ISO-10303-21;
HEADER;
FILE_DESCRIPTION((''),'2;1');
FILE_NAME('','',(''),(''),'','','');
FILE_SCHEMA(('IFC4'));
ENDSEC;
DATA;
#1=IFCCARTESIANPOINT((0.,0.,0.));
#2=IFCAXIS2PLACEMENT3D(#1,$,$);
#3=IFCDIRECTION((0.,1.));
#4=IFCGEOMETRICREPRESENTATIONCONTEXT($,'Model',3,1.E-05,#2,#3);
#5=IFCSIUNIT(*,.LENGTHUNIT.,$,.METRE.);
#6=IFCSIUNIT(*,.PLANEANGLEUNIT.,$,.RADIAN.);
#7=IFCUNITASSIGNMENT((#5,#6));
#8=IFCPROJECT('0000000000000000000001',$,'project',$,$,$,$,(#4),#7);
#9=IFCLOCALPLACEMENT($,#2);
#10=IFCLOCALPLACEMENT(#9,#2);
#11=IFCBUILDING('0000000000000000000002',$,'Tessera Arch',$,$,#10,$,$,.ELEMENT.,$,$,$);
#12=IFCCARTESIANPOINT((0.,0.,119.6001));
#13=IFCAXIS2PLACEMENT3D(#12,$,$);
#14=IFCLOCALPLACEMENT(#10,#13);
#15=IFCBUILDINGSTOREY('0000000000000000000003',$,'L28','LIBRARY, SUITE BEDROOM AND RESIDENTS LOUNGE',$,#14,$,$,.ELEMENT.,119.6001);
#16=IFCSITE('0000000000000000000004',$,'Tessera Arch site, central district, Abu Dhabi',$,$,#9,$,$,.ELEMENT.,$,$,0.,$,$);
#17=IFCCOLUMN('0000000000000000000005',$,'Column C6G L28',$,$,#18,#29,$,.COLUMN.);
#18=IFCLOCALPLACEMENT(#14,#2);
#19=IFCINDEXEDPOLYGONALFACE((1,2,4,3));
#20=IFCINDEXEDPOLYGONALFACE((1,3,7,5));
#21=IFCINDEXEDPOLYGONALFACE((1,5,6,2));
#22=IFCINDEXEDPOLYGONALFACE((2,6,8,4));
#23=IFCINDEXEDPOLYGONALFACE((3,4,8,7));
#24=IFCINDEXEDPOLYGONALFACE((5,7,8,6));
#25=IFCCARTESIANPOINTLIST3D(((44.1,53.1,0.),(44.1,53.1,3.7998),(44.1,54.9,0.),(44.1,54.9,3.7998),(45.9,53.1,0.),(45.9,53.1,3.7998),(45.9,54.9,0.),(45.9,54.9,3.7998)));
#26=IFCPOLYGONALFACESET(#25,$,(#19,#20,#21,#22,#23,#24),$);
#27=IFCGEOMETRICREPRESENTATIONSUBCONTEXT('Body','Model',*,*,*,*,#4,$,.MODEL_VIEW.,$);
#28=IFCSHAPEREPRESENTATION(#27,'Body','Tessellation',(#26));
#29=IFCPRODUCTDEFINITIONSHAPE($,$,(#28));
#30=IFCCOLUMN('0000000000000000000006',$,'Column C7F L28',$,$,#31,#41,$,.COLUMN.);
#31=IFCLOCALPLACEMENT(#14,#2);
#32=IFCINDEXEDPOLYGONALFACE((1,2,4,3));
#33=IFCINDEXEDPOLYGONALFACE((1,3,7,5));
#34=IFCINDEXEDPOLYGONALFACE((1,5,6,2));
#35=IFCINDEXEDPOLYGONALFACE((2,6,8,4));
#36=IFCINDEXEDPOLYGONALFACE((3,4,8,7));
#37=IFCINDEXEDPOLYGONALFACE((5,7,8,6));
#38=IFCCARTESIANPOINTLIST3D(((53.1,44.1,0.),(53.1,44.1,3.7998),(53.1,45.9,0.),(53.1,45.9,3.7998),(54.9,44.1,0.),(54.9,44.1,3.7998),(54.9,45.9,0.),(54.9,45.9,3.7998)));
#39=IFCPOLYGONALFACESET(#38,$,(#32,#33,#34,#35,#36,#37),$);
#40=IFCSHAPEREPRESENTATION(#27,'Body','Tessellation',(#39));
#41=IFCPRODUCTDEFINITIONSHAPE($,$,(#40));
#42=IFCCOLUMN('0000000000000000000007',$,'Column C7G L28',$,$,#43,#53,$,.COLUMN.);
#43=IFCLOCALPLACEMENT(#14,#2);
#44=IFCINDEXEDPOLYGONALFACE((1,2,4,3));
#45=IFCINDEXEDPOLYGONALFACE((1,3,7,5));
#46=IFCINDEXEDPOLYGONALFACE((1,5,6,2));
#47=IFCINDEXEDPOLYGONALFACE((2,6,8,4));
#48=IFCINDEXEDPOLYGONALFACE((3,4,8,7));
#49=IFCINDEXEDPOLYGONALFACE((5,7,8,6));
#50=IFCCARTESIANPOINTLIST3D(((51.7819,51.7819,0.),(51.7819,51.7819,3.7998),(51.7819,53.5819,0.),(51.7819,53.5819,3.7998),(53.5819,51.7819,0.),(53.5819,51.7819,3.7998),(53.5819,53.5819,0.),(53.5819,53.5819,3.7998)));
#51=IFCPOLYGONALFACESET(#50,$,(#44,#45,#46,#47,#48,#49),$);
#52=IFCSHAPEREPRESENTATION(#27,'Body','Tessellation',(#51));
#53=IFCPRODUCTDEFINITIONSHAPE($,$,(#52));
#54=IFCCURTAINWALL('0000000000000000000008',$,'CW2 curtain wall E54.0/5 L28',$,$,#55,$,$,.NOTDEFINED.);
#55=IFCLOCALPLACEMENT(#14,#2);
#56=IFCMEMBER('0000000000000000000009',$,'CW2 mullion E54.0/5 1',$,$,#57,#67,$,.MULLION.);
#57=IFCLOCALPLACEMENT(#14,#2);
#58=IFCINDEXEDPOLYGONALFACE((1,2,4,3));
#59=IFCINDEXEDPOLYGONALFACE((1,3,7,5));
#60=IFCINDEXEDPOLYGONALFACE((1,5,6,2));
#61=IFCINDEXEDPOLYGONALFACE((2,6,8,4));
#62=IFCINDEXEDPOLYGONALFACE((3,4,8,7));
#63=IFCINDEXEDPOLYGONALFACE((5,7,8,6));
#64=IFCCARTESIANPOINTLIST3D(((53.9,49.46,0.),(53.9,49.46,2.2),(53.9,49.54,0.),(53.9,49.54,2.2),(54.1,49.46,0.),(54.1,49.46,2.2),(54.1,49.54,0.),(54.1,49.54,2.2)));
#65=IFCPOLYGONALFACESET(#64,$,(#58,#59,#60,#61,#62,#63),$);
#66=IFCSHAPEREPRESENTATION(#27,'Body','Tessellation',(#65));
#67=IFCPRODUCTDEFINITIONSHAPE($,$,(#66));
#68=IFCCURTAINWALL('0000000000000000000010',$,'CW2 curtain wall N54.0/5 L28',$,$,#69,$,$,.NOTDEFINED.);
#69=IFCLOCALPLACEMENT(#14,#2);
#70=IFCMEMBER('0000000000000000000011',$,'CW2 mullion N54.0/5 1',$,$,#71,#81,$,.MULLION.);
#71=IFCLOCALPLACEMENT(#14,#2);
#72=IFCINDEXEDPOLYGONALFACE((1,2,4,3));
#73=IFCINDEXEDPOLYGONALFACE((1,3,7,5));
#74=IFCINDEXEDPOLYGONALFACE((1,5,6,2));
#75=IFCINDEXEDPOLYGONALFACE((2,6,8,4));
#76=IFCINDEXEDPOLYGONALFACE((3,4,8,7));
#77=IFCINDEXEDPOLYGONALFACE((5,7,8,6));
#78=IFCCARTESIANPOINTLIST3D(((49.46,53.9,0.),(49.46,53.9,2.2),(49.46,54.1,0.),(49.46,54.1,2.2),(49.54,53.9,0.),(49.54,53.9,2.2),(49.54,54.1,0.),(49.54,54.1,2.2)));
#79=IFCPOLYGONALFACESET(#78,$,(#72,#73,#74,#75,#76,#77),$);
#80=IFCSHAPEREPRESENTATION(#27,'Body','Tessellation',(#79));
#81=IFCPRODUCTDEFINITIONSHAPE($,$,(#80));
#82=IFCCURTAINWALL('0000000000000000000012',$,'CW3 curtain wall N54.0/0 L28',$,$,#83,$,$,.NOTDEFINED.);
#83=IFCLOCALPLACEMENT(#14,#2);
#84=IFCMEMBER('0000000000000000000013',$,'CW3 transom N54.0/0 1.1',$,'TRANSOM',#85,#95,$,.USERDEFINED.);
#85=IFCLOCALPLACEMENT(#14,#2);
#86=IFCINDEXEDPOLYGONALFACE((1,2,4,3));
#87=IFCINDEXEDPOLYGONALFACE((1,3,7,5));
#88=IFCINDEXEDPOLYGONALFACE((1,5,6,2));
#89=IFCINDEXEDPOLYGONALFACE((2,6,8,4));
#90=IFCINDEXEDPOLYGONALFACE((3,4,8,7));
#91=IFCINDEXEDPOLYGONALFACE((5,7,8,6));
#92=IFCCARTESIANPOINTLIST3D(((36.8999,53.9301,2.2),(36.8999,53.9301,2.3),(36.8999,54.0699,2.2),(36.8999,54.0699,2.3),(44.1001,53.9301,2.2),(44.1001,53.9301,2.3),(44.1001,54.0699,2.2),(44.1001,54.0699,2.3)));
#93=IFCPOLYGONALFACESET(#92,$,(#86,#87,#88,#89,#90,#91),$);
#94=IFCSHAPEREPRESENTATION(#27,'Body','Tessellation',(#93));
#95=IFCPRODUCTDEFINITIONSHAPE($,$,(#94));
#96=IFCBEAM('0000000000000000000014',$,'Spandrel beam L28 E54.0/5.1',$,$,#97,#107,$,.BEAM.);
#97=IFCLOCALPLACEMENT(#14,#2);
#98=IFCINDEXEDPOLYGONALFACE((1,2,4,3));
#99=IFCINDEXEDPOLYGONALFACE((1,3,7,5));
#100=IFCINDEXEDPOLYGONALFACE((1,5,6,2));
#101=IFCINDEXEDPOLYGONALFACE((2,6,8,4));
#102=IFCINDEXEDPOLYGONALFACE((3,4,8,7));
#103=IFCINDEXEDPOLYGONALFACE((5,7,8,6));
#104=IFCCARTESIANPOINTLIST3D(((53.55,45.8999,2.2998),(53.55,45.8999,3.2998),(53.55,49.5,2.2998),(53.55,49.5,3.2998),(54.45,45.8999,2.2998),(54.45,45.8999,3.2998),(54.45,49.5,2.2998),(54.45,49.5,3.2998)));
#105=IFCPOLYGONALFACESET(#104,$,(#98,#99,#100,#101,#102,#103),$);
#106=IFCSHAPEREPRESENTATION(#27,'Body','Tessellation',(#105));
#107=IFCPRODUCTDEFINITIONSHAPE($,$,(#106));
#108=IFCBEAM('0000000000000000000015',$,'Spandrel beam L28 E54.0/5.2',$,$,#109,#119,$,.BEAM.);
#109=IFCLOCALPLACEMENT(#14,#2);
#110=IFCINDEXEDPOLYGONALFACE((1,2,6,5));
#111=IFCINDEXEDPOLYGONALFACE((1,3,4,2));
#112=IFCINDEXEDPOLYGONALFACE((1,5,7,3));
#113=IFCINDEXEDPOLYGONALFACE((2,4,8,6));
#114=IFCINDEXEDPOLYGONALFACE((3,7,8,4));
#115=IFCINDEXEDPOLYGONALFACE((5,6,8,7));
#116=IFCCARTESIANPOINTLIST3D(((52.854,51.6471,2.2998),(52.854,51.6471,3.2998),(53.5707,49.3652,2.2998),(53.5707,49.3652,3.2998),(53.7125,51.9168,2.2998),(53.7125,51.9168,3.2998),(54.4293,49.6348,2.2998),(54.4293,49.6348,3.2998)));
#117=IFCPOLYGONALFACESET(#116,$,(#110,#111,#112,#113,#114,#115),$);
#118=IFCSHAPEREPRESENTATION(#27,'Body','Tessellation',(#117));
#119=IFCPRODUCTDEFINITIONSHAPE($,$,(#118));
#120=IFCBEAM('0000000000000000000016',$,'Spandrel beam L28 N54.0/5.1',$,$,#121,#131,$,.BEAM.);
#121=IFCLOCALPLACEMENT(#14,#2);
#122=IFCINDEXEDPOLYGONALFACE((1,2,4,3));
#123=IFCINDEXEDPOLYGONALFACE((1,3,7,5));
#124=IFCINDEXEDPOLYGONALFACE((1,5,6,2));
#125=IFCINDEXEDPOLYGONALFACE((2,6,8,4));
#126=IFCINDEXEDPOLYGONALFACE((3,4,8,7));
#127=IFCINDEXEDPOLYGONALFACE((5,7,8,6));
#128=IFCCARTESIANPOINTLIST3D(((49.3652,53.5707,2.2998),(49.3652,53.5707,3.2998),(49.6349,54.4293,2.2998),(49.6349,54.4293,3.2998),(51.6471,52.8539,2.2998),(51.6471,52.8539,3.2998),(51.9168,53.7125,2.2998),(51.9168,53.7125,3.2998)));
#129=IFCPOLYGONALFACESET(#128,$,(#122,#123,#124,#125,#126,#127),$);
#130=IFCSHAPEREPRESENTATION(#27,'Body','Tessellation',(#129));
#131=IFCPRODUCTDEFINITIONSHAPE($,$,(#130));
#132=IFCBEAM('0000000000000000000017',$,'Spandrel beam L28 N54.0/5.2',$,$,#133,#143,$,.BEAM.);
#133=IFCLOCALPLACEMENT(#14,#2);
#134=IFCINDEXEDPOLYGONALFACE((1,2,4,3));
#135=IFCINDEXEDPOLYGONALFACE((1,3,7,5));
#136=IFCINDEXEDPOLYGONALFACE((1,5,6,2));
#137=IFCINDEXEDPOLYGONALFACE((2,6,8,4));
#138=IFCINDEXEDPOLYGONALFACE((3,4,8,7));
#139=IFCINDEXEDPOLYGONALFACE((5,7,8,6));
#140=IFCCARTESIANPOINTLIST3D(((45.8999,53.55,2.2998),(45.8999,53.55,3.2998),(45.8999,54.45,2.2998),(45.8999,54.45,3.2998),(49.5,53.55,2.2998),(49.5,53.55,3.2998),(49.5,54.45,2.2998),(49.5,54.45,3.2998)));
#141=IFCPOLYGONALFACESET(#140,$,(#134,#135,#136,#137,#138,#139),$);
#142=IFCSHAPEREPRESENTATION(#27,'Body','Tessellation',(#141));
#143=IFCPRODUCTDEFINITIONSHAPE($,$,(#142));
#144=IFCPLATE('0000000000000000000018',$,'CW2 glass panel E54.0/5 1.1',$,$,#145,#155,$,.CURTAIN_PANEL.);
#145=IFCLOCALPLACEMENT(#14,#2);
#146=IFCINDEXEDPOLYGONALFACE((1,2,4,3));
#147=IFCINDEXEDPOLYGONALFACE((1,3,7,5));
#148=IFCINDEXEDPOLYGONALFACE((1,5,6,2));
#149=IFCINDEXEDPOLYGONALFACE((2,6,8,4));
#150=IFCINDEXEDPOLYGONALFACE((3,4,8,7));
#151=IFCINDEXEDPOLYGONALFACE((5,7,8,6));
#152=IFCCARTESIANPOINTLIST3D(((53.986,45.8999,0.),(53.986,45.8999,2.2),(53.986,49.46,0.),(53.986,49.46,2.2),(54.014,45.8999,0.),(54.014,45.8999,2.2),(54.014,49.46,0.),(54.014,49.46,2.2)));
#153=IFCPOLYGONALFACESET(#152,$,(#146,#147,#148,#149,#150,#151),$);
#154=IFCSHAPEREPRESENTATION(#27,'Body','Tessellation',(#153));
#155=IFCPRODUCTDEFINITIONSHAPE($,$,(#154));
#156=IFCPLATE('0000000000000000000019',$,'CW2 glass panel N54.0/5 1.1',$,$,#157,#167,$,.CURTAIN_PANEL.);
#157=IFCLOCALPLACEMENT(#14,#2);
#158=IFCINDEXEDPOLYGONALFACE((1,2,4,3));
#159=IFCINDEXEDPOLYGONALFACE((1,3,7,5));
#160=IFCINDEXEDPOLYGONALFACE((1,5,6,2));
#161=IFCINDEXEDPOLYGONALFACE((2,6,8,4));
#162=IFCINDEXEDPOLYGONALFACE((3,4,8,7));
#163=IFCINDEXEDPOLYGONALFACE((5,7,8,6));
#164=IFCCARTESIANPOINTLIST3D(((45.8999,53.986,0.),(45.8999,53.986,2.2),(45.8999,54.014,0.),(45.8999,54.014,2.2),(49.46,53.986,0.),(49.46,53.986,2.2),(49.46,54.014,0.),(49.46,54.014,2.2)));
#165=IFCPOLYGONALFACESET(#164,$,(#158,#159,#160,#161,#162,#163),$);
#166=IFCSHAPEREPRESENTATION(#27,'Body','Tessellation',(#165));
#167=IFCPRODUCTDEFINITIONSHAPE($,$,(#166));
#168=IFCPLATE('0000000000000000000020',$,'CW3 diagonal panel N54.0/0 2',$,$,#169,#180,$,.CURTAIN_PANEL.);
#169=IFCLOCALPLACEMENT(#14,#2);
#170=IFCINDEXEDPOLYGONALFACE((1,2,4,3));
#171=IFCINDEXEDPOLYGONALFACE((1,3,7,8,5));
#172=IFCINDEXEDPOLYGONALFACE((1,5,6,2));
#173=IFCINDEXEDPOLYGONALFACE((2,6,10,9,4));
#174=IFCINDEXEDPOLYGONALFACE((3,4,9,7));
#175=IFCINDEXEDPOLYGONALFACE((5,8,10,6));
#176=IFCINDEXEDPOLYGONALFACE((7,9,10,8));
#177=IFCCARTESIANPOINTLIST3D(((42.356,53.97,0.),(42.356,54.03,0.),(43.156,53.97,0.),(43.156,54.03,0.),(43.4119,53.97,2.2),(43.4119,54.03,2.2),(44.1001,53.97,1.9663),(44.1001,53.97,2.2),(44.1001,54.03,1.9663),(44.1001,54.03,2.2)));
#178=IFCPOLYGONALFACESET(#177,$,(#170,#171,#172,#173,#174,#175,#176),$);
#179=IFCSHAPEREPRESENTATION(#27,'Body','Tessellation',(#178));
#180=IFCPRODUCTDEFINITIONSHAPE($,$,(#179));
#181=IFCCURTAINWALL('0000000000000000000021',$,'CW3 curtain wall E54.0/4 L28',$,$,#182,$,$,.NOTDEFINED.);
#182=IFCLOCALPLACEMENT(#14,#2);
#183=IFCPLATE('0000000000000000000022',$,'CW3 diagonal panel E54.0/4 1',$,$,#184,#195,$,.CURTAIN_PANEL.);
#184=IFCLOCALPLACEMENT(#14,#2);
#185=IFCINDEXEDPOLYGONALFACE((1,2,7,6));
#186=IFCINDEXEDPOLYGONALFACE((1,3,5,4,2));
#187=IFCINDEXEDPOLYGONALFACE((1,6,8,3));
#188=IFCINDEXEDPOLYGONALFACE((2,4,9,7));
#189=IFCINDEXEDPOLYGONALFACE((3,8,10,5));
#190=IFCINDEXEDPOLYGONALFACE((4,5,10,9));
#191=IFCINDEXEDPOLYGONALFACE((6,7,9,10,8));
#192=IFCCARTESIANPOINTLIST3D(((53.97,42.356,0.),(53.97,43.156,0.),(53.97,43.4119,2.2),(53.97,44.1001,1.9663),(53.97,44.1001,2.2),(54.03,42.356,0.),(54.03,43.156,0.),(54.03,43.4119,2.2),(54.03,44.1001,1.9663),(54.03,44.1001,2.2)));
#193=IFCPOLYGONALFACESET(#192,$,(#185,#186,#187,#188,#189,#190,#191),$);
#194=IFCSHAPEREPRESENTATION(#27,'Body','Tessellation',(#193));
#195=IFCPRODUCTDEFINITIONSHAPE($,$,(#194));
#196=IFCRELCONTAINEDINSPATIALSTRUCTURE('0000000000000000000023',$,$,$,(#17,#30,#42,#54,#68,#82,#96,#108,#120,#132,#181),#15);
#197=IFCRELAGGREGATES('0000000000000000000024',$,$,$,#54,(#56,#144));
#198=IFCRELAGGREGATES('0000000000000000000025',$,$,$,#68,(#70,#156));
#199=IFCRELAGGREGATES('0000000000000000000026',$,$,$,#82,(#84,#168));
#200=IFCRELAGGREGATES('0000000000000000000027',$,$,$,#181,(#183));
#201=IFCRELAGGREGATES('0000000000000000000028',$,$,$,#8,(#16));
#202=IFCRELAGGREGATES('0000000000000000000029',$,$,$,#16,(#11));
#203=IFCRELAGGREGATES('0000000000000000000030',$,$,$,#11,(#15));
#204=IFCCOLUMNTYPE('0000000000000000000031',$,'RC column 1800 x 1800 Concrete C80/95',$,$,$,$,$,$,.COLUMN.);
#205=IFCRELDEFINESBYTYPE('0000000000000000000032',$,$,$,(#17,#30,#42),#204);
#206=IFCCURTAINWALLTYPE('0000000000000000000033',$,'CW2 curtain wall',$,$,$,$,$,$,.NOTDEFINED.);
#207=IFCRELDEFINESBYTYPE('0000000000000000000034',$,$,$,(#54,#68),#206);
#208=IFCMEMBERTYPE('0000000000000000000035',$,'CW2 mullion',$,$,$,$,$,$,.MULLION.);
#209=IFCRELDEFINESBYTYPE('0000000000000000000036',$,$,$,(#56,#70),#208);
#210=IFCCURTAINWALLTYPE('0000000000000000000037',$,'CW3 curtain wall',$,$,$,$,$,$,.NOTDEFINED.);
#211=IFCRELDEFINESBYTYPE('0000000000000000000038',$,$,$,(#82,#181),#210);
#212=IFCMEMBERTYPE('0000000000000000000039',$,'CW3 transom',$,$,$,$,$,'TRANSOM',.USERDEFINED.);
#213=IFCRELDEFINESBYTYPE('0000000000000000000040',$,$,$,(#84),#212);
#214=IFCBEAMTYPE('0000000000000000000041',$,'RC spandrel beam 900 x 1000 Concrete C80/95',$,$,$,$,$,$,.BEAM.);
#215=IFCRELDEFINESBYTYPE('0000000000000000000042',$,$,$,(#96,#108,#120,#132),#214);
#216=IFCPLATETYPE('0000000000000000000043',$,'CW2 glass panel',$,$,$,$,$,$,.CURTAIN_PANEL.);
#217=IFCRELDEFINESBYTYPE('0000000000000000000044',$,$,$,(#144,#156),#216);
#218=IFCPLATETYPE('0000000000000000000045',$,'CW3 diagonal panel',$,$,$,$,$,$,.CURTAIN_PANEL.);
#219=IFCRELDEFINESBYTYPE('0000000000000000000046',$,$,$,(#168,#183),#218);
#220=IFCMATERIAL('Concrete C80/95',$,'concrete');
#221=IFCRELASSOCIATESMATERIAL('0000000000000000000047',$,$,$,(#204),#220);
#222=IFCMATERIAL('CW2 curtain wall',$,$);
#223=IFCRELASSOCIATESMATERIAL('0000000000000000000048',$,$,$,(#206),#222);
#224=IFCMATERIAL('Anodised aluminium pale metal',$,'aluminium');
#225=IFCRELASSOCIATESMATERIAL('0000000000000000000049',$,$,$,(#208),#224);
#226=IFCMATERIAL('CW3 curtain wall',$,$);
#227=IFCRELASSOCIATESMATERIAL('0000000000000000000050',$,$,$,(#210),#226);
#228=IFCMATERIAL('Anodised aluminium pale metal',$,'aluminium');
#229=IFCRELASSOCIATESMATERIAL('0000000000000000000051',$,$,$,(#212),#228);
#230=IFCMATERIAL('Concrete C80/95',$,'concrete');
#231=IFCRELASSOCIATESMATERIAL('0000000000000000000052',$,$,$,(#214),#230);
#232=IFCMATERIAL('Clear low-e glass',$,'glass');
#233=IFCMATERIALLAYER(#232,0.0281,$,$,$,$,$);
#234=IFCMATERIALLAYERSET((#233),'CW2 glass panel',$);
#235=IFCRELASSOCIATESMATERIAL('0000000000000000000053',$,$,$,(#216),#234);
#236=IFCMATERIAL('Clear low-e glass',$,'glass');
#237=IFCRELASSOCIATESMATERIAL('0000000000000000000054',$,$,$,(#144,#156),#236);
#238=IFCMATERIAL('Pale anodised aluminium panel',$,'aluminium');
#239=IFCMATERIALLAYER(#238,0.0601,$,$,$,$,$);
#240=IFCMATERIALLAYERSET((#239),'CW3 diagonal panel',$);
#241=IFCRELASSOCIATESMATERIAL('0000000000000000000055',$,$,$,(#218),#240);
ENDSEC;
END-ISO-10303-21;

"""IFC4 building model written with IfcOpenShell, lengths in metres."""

from ifc_helpers import new_model, si_unit, direction, frame, origin, origin_2d, place, context, subcontext, project, spatial, polyline, rectangle, outline, extrude, material, layer, layer_set, material_profile, profile_set, type_object, element, aggregate, save


model = new_model("IFC4")

# Units and contexts
model_context = context("Model", 3, precision=1e-05, world=origin(), true_north=direction((0.0, 1.0)))
body_context = subcontext(model_context, "Body", "Model", "MODEL_VIEW")
ifc_project = project(units=[si_unit("LENGTHUNIT", "METRE"), si_unit("PLANEANGLEUNIT", "RADIAN")], contexts=[model_context])

# Site, building, storey
site_placement = place(None, origin())
site = spatial("IfcSite", under=ifc_project, at=site_placement, Name="Tessera Arch site, central district, Abu Dhabi", CompositionType="ELEMENT", RefElevation=0.0)
building_placement = place(site_placement, origin())
building = spatial("IfcBuilding", under=site, at=building_placement, Name="Tessera Arch", CompositionType="ELEMENT")
storey_placement = place(building_placement, frame((0.0, 0.0, 119.6001)))
storey = spatial("IfcBuildingStorey", under=building, at=storey_placement, Name="L28", Description="LIBRARY, SUITE BEDROOM AND RESIDENTS LOUNGE", CompositionType="ELEMENT", Elevation=119.6001)

# Columns
ifc_material_1 = material(Name="Concrete C80/95", Category="concrete")
ifc_material_profile_1 = material_profile(ifc_material_1, rectangle(XDim=1.8, YDim=1.8, at=origin_2d()), Name="RC column 1800 x 1800 Concrete C80/95")
ifc_profile_set_1 = profile_set([ifc_material_profile_1], Name="Concrete C80/95")
column_type = type_object("IfcColumnType", Name="RC column 1800 x 1800 Concrete C80/95", PredefinedType="COLUMN", material=ifc_profile_set_1)
for number, where, z_axis, x_axis, name in (
    (1, (45.0, 54.0, 0.0), (0.0, 0.0, 1.0), (1.0, 0.0, 0.0), "Column C6G L28"),
    (2, (54.0, 45.0, 0.0), (0.0, 0.0, 1.0), (1.0, 0.0, 0.0), "Column C7F L28"),
    (3, (52.6819, 52.6819, 0.0), (0.0, 0.0, 1.0), (1.0, 0.0, 0.0), "Column C7G L28"),
):
    element("IfcColumn", number, at=place(storey_placement, frame(where, z_axis=z_axis, x_axis=x_axis)), inside=storey, type_object=column_type, Name=name, PredefinedType="COLUMN", context=body_context, shape_type="SweptSolid", body=[
        extrude(rectangle(XDim=1.8, YDim=1.8, at=origin_2d()), origin(), (0.0, 0.0, 1.0), 3.7998),
    ])

# Curtain walls, members
ifc_material_2 = material(Name="CW2 curtain wall")
curtain_wall_type_1 = type_object("IfcCurtainWallType", Name="CW2 curtain wall", PredefinedType="NOTDEFINED", material=ifc_material_2)
curtain_wall_1_placement = place(storey_placement, origin())
curtain_wall_1 = element("IfcCurtainWall", 4, at=curtain_wall_1_placement, inside=storey, type_object=curtain_wall_type_1, Name="CW2 curtain wall E54.0/5 L28", PredefinedType="NOTDEFINED")
ifc_material_3 = material(Name="Anodised aluminium pale metal", Category="aluminium")
ifc_material_profile_2 = material_profile(ifc_material_3, rectangle(XDim=0.2, YDim=0.0801, at=origin_2d()), Name="AL 80x200")
ifc_profile_set_2 = profile_set([ifc_material_profile_2], Name="Anodised aluminium pale metal")
member_type_1 = type_object("IfcMemberType", Name="CW2 mullion", PredefinedType="MULLION", material=ifc_profile_set_2)
member_1_placement = place(storey_placement, frame((54.0, 49.5, 0.0), z_axis=(0.0, 0.0, 1.0), x_axis=(-1.0, 0.0, 0.0)))
member_1 = element("IfcMember", 5, at=member_1_placement, type_object=member_type_1, Name="CW2 mullion E54.0/5 1", PredefinedType="MULLION", context=body_context, shape_type="SweptSolid", body=[
    extrude(rectangle(XDim=0.2, YDim=0.0801, at=origin_2d()), origin(), (0.0, 0.0, 1.0), 2.2),
])
curtain_wall_2_placement = place(storey_placement, origin())
curtain_wall_2 = element("IfcCurtainWall", 6, at=curtain_wall_2_placement, inside=storey, type_object=curtain_wall_type_1, Name="CW2 curtain wall N54.0/5 L28", PredefinedType="NOTDEFINED")
member_2_placement = place(storey_placement, frame((49.5, 54.0, 0.0), z_axis=(0.0, 0.0, 1.0), x_axis=(0.0, -1.0, 0.0)))
member_2 = element("IfcMember", 7, at=member_2_placement, type_object=member_type_1, Name="CW2 mullion N54.0/5 1", PredefinedType="MULLION", context=body_context, shape_type="SweptSolid", body=[
    extrude(rectangle(XDim=0.2, YDim=0.0801, at=origin_2d()), origin(), (0.0, 0.0, 1.0), 2.2),
])
ifc_material_4 = material(Name="CW3 curtain wall")
curtain_wall_type_2 = type_object("IfcCurtainWallType", Name="CW3 curtain wall", PredefinedType="NOTDEFINED", material=ifc_material_4)
curtain_wall_3_placement = place(storey_placement, origin())
curtain_wall_3 = element("IfcCurtainWall", 8, at=curtain_wall_3_placement, inside=storey, type_object=curtain_wall_type_2, Name="CW3 curtain wall N54.0/0 L28", PredefinedType="NOTDEFINED")
ifc_material_5 = material(Name="Anodised aluminium pale metal", Category="aluminium")
ifc_material_profile_3 = material_profile(ifc_material_5, rectangle(XDim=0.1399, YDim=0.1001, at=origin_2d()), Name="AL 140x100")
ifc_profile_set_3 = profile_set([ifc_material_profile_3], Name="Anodised aluminium pale metal")
member_type_2 = type_object("IfcMemberType", Name="CW3 transom", ElementType="TRANSOM", PredefinedType="USERDEFINED", material=ifc_profile_set_3)
member_3_placement = place(storey_placement, frame((44.1001, 54.0, 2.25), z_axis=(-1.0, 0.0, 0.0), x_axis=(0.0, -1.0, 0.0)))
member_3 = element("IfcMember", 9, at=member_3_placement, type_object=member_type_2, Name="CW3 transom N54.0/0 1.1", ObjectType="TRANSOM", PredefinedType="USERDEFINED", context=body_context, shape_type="SweptSolid", body=[
    extrude(rectangle(XDim=0.1399, YDim=0.1001, at=origin_2d()), origin(), (0.0, 0.0, 1.0), 7.2002),
])

# Beams
ifc_material_6 = material(Name="Concrete C80/95", Category="concrete")
ifc_material_profile_4 = material_profile(ifc_material_6, rectangle(XDim=0.8999, YDim=1.0, at=origin_2d()), Name="RC spandrel beam 900 x 1000 Concrete C80/95")
ifc_profile_set_4 = profile_set([ifc_material_profile_4], Name="Concrete C80/95")
beam_type = type_object("IfcBeamType", Name="RC spandrel beam 900 x 1000 Concrete C80/95", PredefinedType="BEAM", material=ifc_profile_set_4)
beam_1_placement = place(storey_placement, frame((54.0, 45.8999, 2.7998), z_axis=(0.0, 1.0, 0.0), x_axis=(-1.0, 0.0, 0.0)))
element("IfcBeam", 10, at=beam_1_placement, inside=storey, type_object=beam_type, Name="Spandrel beam L28 E54.0/5.1", PredefinedType="BEAM", context=body_context, shape_type="SweptSolid", body=[
    extrude(rectangle(XDim=0.8999, YDim=1.0, at=origin_2d()), origin(), (0.0, 0.0, 1.0), 3.6001),
])
for number, where, z_axis, x_axis, name in (
    (11, (54.0, 49.5, 2.7998), (-0.299675, 0.954041, 0.0), (-0.954041, -0.299675, 0.0), "Spandrel beam L28 E54.0/5.2"),
    (12, (51.782, 53.2832, 2.7998), (-0.954041, 0.299675, 0.0), (-0.299675, -0.954041, 0.0), "Spandrel beam L28 N54.0/5.1"),
):
    element("IfcBeam", number, at=place(storey_placement, frame(where, z_axis=z_axis, x_axis=x_axis)), inside=storey, type_object=beam_type, Name=name, PredefinedType="BEAM", context=body_context, shape_type="SweptSolid", body=[
        extrude(rectangle(XDim=0.8999, YDim=1.0, at=origin_2d()), origin(), (0.0, 0.0, 1.0), 2.3918),
    ])
beam_2_placement = place(storey_placement, frame((49.5, 54.0, 2.7998), z_axis=(-1.0, 0.0, 0.0), x_axis=(0.0, -1.0, 0.0)))
element("IfcBeam", 13, at=beam_2_placement, inside=storey, type_object=beam_type, Name="Spandrel beam L28 N54.0/5.2", PredefinedType="BEAM", context=body_context, shape_type="SweptSolid", body=[
    extrude(rectangle(XDim=0.8999, YDim=1.0, at=origin_2d()), origin(), (0.0, 0.0, 1.0), 3.6001),
])

# Plates
ifc_material_7 = material(Name="Clear low-e glass", Category="glass")
ifc_material_8 = material(Name="Clear low-e glass", Category="glass")
ifc_layer_1 = layer(ifc_material_8, 0.0281)
ifc_layer_set_1 = layer_set([ifc_layer_1], Name="CW2 glass panel")
plate_type_1 = type_object("IfcPlateType", Name="CW2 glass panel", PredefinedType="CURTAIN_PANEL", material=ifc_layer_set_1)
plate_1_placement = place(storey_placement, frame((54.0, 47.6799, 0.0), z_axis=(0.0, 0.0, 1.0), x_axis=(0.0, 1.0, 0.0)))
plate_1 = element("IfcPlate", 14, at=plate_1_placement, type_object=plate_type_1, material=ifc_material_7, Name="CW2 glass panel E54.0/5 1.1", PredefinedType="CURTAIN_PANEL", context=body_context, shape_type="SweptSolid", body=[
    extrude(rectangle(XDim=3.5601, YDim=0.0281, at=origin_2d()), origin(), (0.0, 0.0, 1.0), 2.2),
])
aggregate(curtain_wall_1, [member_1, plate_1])
plate_2_placement = place(storey_placement, frame((47.6799, 54.0, 0.0), z_axis=(0.0, 0.0, 1.0), x_axis=(-1.0, 0.0, 0.0)))
plate_2 = element("IfcPlate", 15, at=plate_2_placement, type_object=plate_type_1, material=ifc_material_7, Name="CW2 glass panel N54.0/5 1.1", PredefinedType="CURTAIN_PANEL", context=body_context, shape_type="SweptSolid", body=[
    extrude(rectangle(XDim=3.5601, YDim=0.0281, at=origin_2d()), origin(), (0.0, 0.0, 1.0), 2.2),
])
aggregate(curtain_wall_2, [member_2, plate_2])
ifc_material_9 = material(Name="Pale anodised aluminium panel", Category="aluminium")
ifc_layer_2 = layer(ifc_material_9, 0.0601)
ifc_layer_set_2 = layer_set([ifc_layer_2], Name="CW3 diagonal panel")
plate_type_2 = type_object("IfcPlateType", Name="CW3 diagonal panel", PredefinedType="CURTAIN_PANEL", material=ifc_layer_set_2)
plate_3_placement = place(storey_placement, frame((44.1001, 54.03, 2.2), z_axis=(0.0, 1.0, 0.0), x_axis=(0.0, 0.0, -1.0)))
plate_3 = element("IfcPlate", 16, at=plate_3_placement, type_object=plate_type_2, Name="CW3 diagonal panel N54.0/0 2", PredefinedType="CURTAIN_PANEL", context=body_context, shape_type="SweptSolid", body=[
    extrude(outline(polyline([(0.0, 0.0), (0.2336, 0.0), (2.2, 0.9441), (2.2, 1.7441), (0.0, 0.6882), (0.0, 0.0)])), origin(), (0.0, 0.0, -1.0), 0.0601),
])

# Curtain wall, plate
curtain_wall_4_placement = place(storey_placement, origin())
curtain_wall_4 = element("IfcCurtainWall", 17, at=curtain_wall_4_placement, inside=storey, type_object=curtain_wall_type_2, Name="CW3 curtain wall E54.0/4 L28", PredefinedType="NOTDEFINED")
plate_4_placement = place(storey_placement, frame((54.03, 44.1001, 2.2), z_axis=(1.0, 0.0, 0.0), x_axis=(0.0, -1.0, 0.0)))
plate_4 = element("IfcPlate", 18, at=plate_4_placement, type_object=plate_type_2, Name="CW3 diagonal panel E54.0/4 1", PredefinedType="CURTAIN_PANEL", context=body_context, shape_type="SweptSolid", body=[
    extrude(outline(polyline([(0.0, 0.0), (0.6882, 0.0), (1.7441, 2.2), (0.9441, 2.2), (0.0, 0.2336), (0.0, 0.0)])), origin(), (0.0, 0.0, -1.0), 0.0601),
])

aggregate(curtain_wall_3, [member_3, plate_3])
aggregate(curtain_wall_4, [plate_4])

save(model, "model.ifc")
